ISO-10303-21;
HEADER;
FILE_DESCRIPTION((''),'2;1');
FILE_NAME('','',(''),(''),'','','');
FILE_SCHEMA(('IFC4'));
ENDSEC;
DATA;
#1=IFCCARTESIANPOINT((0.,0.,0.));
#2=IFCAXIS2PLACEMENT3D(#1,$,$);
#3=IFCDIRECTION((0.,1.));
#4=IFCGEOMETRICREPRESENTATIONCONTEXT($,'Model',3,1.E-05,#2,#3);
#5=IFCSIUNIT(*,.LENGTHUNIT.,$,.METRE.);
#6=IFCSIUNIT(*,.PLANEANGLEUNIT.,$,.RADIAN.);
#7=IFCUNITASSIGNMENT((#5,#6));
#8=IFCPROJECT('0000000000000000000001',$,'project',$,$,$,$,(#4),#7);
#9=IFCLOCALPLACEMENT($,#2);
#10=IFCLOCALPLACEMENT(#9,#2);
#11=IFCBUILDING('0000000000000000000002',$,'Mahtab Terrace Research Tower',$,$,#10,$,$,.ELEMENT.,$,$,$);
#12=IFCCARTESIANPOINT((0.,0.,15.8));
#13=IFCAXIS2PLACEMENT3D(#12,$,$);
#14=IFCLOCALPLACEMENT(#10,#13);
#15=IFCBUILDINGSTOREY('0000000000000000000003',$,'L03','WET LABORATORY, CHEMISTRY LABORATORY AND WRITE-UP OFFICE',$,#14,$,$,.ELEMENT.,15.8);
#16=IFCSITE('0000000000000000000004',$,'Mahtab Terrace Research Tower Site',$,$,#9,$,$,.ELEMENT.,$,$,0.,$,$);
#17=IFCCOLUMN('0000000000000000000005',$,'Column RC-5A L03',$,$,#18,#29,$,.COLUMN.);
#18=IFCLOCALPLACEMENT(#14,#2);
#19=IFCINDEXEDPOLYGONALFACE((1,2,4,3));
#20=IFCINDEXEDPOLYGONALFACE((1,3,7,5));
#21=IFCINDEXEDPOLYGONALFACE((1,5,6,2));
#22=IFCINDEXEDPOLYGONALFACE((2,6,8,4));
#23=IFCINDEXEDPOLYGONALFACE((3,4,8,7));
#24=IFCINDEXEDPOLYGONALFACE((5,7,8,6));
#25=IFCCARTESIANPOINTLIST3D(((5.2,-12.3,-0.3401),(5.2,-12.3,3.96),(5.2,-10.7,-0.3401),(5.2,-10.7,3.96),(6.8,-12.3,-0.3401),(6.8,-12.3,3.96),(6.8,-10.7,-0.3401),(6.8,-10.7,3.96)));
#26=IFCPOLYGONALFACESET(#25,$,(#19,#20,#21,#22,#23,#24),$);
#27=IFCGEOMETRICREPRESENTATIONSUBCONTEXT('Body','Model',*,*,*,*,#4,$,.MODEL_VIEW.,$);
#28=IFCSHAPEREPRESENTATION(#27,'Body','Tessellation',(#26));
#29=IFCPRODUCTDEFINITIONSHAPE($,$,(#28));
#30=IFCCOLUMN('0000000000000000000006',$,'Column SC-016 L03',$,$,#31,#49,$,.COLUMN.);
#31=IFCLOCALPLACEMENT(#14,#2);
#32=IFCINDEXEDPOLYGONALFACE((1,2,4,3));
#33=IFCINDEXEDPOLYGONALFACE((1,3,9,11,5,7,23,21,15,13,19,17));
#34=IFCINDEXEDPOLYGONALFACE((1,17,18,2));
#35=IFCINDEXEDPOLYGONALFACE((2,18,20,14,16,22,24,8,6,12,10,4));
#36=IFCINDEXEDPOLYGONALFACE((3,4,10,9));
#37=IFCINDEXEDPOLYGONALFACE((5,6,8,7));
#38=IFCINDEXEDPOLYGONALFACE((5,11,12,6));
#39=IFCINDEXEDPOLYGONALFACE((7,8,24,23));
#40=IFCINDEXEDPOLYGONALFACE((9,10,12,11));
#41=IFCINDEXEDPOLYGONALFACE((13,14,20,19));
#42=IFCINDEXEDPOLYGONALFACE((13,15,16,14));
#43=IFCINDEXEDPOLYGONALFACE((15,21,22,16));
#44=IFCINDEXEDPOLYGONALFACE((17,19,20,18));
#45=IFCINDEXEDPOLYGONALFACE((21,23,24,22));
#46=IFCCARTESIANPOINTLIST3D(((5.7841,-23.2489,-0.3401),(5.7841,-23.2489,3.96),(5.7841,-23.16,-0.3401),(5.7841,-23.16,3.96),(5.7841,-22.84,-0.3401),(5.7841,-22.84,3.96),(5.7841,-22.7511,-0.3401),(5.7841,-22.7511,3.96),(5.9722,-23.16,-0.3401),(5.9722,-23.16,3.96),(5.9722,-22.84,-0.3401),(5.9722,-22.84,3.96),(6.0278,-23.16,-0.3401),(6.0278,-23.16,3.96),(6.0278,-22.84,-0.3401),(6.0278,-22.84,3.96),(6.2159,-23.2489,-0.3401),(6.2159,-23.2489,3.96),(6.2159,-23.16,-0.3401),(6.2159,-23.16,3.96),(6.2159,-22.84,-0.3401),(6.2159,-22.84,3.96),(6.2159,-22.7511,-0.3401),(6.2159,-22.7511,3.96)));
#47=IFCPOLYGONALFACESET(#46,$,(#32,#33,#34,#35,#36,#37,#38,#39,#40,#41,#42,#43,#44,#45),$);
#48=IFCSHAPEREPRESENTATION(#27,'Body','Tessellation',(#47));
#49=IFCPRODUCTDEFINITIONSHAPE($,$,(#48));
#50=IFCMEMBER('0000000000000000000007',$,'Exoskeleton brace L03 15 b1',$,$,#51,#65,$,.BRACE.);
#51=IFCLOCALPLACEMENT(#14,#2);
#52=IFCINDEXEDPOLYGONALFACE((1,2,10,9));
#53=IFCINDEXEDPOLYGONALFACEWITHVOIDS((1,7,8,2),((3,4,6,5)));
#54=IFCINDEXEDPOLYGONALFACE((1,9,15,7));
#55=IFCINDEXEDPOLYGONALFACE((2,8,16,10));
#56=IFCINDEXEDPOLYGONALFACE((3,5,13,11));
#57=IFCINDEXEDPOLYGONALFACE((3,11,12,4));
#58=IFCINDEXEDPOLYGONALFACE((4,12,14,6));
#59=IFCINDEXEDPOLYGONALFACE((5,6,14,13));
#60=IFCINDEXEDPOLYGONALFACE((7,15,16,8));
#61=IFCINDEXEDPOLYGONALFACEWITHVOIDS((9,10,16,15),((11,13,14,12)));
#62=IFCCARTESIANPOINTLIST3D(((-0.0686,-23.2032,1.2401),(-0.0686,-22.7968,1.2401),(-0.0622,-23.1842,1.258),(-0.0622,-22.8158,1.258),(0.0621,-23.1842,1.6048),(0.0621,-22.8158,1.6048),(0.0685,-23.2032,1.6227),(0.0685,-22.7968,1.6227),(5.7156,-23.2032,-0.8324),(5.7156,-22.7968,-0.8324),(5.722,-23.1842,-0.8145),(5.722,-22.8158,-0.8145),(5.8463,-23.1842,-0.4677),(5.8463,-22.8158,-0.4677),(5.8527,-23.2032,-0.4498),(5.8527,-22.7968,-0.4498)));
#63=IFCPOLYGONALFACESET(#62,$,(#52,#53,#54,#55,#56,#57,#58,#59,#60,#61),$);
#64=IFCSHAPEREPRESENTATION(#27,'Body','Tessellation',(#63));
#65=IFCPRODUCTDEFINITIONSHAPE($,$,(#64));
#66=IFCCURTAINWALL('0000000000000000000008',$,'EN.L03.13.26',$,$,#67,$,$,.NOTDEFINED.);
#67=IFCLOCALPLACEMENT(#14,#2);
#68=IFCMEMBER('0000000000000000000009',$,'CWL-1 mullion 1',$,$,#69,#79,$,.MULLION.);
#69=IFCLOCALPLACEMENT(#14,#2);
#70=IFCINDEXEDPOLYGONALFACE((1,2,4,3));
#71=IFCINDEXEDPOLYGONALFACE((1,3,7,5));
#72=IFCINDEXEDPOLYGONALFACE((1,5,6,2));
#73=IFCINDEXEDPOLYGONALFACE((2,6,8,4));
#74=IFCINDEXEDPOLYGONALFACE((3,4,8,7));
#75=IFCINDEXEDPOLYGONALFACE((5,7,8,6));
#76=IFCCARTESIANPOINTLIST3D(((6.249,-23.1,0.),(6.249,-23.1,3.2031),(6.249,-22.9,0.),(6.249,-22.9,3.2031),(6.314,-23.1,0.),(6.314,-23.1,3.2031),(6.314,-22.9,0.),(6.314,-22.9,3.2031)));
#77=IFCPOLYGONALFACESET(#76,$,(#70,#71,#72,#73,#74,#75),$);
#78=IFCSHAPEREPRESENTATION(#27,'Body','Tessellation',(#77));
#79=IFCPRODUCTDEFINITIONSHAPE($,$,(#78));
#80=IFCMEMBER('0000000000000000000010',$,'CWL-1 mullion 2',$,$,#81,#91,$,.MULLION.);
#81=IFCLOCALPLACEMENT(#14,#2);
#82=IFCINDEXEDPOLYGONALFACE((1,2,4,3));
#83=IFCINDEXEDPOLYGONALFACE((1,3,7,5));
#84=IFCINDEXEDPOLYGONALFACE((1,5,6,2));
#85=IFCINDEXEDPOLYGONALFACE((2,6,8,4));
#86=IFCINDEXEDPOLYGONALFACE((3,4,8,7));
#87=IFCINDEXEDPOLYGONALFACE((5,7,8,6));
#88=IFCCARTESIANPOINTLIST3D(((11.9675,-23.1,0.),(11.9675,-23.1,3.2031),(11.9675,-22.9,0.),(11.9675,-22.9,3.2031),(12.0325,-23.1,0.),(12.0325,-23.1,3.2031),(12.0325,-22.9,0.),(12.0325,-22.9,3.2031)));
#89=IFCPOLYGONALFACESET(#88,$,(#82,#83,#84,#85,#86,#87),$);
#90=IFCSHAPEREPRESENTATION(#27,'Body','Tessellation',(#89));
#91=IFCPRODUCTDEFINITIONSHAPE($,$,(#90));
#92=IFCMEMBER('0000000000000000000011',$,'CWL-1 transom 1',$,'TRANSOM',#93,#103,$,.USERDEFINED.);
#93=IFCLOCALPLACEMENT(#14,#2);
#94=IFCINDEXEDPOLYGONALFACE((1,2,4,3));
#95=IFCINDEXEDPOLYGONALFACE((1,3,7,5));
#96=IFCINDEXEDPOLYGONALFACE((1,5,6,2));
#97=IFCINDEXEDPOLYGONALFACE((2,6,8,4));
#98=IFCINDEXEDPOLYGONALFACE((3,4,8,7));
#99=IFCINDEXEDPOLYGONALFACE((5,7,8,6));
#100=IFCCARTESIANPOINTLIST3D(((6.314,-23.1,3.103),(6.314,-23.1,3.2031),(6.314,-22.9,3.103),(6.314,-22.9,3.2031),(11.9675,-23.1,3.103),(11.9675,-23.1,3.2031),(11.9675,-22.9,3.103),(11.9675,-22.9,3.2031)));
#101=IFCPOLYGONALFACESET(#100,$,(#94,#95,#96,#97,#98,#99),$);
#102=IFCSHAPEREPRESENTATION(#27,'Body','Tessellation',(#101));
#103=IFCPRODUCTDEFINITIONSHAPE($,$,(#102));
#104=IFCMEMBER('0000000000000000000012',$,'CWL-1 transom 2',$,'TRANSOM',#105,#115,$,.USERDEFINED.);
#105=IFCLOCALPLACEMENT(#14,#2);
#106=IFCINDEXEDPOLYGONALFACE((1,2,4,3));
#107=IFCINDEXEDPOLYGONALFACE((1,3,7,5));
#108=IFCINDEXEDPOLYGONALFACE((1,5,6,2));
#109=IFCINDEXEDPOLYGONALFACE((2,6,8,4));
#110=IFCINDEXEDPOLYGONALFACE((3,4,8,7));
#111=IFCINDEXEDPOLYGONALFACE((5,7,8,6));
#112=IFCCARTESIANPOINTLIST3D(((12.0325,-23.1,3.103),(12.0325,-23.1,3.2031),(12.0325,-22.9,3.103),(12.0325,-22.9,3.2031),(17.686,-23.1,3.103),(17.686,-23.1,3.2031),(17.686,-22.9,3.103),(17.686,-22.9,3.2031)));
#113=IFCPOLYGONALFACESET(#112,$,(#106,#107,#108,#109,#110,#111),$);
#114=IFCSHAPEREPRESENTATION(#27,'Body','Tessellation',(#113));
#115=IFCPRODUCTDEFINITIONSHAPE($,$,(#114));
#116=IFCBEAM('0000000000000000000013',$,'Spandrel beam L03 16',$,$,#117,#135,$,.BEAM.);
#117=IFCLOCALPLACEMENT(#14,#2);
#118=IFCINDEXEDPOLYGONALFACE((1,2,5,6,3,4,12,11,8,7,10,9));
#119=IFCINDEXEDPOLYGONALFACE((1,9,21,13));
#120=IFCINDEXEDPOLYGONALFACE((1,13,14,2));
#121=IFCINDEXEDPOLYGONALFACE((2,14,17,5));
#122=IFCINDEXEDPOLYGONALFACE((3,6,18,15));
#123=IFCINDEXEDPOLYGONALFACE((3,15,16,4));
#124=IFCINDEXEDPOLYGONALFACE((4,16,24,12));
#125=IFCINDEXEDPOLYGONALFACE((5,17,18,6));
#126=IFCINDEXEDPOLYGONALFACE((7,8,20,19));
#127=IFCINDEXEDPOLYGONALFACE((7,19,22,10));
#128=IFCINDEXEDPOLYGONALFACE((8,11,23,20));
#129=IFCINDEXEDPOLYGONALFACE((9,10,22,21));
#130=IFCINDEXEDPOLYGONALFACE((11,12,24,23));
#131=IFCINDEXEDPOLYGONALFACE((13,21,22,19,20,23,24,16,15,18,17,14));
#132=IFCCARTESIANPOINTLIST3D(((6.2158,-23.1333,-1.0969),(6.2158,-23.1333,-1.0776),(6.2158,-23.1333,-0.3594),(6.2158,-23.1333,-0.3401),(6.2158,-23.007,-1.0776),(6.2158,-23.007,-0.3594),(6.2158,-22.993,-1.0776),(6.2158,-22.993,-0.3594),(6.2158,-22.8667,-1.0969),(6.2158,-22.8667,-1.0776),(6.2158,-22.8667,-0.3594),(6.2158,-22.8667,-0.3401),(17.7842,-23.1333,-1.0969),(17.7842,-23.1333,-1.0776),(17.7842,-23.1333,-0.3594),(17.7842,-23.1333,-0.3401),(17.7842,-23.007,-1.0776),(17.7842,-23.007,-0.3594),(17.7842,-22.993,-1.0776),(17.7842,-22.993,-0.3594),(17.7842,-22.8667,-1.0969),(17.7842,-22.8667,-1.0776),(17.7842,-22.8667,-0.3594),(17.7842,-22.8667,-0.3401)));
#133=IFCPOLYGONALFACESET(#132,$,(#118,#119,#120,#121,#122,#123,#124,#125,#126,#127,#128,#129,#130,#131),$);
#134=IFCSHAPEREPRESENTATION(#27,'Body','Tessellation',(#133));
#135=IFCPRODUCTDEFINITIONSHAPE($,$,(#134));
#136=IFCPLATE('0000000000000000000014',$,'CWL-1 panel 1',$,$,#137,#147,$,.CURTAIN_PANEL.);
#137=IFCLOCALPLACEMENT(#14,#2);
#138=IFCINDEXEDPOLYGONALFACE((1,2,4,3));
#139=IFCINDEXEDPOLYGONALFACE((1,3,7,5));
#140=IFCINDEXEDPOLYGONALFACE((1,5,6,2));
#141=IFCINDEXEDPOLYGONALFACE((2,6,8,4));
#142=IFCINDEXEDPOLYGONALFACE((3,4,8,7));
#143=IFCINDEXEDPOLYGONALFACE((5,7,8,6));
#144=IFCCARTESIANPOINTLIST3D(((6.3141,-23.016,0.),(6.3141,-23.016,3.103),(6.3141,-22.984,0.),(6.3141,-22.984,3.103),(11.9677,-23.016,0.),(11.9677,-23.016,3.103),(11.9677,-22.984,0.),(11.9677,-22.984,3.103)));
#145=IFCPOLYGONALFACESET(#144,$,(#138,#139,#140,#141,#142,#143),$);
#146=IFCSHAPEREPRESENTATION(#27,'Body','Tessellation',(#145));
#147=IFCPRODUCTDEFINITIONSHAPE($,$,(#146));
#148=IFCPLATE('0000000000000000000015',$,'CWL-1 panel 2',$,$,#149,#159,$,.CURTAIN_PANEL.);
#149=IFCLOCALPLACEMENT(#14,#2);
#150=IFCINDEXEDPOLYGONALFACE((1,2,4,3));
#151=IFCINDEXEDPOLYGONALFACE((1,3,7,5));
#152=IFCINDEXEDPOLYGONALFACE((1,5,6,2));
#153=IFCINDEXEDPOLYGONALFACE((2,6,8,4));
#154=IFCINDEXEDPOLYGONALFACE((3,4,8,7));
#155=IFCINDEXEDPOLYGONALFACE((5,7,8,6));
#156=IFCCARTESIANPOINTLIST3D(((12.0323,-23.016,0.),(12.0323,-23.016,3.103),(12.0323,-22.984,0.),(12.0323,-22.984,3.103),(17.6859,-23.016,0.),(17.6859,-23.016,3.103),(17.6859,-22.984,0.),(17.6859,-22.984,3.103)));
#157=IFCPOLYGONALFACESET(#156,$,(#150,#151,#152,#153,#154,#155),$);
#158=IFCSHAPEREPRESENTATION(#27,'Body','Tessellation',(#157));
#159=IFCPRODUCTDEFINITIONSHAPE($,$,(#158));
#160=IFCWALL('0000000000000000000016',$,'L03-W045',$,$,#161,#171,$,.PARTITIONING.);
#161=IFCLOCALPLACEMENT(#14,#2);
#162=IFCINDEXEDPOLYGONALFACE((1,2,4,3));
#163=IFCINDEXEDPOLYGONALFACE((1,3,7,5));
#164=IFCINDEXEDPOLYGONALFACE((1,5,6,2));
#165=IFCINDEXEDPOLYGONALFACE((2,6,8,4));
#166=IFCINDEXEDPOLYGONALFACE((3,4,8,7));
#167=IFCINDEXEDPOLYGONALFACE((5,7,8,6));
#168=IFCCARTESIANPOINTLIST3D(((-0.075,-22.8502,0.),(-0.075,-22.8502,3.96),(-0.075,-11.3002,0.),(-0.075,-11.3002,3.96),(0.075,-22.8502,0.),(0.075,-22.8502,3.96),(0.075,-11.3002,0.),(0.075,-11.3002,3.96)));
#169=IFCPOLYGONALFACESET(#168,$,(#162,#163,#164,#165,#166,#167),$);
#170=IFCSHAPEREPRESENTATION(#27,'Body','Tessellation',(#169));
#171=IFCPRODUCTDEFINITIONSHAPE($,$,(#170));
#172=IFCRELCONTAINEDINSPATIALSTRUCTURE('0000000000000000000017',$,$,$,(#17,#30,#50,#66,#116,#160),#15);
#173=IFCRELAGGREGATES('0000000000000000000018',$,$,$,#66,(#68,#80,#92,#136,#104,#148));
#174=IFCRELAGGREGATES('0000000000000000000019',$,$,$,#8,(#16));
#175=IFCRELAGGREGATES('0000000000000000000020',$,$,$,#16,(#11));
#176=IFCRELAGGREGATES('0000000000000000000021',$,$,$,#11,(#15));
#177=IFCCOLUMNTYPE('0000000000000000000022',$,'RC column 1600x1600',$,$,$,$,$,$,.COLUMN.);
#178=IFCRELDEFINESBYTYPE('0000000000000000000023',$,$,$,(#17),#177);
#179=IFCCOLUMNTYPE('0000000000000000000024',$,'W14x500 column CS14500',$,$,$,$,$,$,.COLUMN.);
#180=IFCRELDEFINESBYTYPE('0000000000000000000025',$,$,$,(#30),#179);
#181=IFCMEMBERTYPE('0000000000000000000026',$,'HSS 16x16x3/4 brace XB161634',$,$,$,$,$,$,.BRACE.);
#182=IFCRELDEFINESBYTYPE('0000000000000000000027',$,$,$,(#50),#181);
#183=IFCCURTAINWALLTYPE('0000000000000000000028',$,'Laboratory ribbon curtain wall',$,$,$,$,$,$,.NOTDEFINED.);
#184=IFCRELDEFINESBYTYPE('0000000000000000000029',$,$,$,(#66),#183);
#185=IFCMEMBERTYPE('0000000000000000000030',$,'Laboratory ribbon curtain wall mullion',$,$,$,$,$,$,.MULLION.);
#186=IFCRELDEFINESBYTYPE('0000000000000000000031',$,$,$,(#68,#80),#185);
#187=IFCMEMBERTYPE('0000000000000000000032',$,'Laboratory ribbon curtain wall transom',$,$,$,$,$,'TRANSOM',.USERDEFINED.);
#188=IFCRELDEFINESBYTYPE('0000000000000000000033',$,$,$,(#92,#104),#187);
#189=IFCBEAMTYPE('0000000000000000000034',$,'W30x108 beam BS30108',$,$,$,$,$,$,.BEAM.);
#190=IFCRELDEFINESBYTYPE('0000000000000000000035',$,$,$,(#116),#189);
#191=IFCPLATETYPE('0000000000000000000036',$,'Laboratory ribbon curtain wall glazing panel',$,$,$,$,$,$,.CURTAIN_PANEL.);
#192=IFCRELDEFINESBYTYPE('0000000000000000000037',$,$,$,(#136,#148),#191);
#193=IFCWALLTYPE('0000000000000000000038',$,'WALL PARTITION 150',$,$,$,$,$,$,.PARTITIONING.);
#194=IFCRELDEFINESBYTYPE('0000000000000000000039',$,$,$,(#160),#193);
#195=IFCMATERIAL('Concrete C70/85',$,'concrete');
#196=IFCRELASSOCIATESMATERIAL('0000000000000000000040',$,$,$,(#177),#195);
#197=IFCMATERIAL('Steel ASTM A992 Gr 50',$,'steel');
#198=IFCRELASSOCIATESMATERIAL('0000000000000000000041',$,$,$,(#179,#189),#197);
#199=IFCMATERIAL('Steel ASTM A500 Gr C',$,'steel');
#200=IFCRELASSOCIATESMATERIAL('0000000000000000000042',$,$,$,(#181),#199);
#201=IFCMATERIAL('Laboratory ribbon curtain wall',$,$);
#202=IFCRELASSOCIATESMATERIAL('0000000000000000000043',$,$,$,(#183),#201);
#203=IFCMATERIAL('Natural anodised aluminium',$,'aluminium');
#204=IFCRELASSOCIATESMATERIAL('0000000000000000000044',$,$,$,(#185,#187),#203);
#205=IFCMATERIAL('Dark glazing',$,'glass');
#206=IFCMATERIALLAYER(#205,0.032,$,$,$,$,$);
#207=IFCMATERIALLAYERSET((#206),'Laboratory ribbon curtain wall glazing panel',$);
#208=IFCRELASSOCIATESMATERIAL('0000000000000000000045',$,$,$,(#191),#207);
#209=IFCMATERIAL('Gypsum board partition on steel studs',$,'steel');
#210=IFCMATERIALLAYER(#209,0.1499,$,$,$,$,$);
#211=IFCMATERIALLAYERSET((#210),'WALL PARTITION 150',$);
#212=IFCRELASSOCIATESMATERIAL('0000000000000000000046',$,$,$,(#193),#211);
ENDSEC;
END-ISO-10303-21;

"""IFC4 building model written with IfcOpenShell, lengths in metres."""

from ifc_helpers import new_model, si_unit, direction, frame, frame_2d, origin, origin_2d, place, context, subcontext, project, spatial, rectangle, hollow_rectangle, i_section, extrude, material, layer, layer_set, material_profile, profile_set, type_object, element, aggregate, save


model = new_model("IFC4")

# Units and contexts
model_context = context("Model", 3, precision=1e-05, world=origin(), true_north=direction((0.0, 1.0)))
body_context = subcontext(model_context, "Body", "Model", "MODEL_VIEW")
ifc_project = project(units=[si_unit("LENGTHUNIT", "METRE"), si_unit("PLANEANGLEUNIT", "RADIAN")], contexts=[model_context])

# Site, building, storey
site_placement = place(None, origin())
site = spatial("IfcSite", under=ifc_project, at=site_placement, Name="Mahtab Terrace Research Tower Site", CompositionType="ELEMENT", RefElevation=0.0)
building_placement = place(site_placement, origin())
building = spatial("IfcBuilding", under=site, at=building_placement, Name="Mahtab Terrace Research Tower", CompositionType="ELEMENT")
storey_placement = place(building_placement, frame((0.0, 0.0, 15.8)))
storey = spatial("IfcBuildingStorey", under=building, at=storey_placement, Name="L03", Description="WET LABORATORY, CHEMISTRY LABORATORY AND WRITE-UP OFFICE", CompositionType="ELEMENT", Elevation=15.8)

# Columns
ifc_material_1 = material(Name="Concrete C70/85", Category="concrete")
ifc_material_profile_1 = material_profile(ifc_material_1, rectangle(XDim=1.6001, YDim=1.6001, at=origin_2d()), Name="RC column 1600x1600")
ifc_profile_set_1 = profile_set([ifc_material_profile_1], Name="Concrete C70/85")
column_type_1 = type_object("IfcColumnType", Name="RC column 1600x1600", PredefinedType="COLUMN", material=ifc_profile_set_1)
column_1_placement = place(storey_placement, frame((6.0, -11.5, -0.3401), z_axis=(0.0, 0.0, 1.0), x_axis=(1.0, 0.0, 0.0)))
element("IfcColumn", 1, at=column_1_placement, inside=storey, type_object=column_type_1, Name="Column RC-5A L03", PredefinedType="COLUMN", context=body_context, shape_type="SweptSolid", body=[
    extrude(rectangle(XDim=1.6001, YDim=1.6001, at=origin_2d()), origin(), (0.0, 0.0, 1.0), 4.3),
])
ifc_material_2 = material(Name="Steel ASTM A992 Gr 50", Category="steel")
ifc_material_profile_2 = material_profile(ifc_material_2, i_section(OverallWidth=0.4319, OverallDepth=0.4978, WebThickness=0.0557, FlangeThickness=0.0889, at=origin_2d()), Name="W14X500")
ifc_profile_set_2 = profile_set([ifc_material_profile_2], Name="Steel ASTM A992 Gr 50")
column_type_2 = type_object("IfcColumnType", Name="W14x500 column CS14500", PredefinedType="COLUMN", material=ifc_profile_set_2)
column_2_placement = place(storey_placement, frame((6.0, -23.0, -0.3401), z_axis=(0.0, 0.0, 1.0), x_axis=(1.0, 0.0, 0.0)))
element("IfcColumn", 2, at=column_2_placement, inside=storey, type_object=column_type_2, Name="Column SC-016 L03", PredefinedType="COLUMN", context=body_context, shape_type="SweptSolid", body=[
    extrude(i_section(OverallWidth=0.4319, OverallDepth=0.4978, WebThickness=0.0557, FlangeThickness=0.0889, at=origin_2d()), origin(), (0.0, 0.0, 1.0), 4.3),
])

# Member
ifc_material_3 = material(Name="Steel ASTM A500 Gr C", Category="steel")
ifc_material_profile_3 = material_profile(ifc_material_3, hollow_rectangle(XDim=0.4065, YDim=0.4065, WallThickness=0.019, at=origin_2d()), Name="HSS16X16X3/4")
ifc_profile_set_3 = profile_set([ifc_material_profile_3], Name="Steel ASTM A500 Gr C")
member_type_1 = type_object("IfcMemberType", Name="HSS 16x16x3/4 brace XB161634", PredefinedType="BRACE", material=ifc_profile_set_3)
member_1_placement = place(storey_placement, frame((5.7842, -23.0, -0.6411), z_axis=(-0.941394, 0.0, 0.337308), x_axis=(0.0, -1.0, 0.0)))
element("IfcMember", 3, at=member_1_placement, inside=storey, type_object=member_type_1, Name="Exoskeleton brace L03 15 b1", PredefinedType="BRACE", context=body_context, shape_type="SweptSolid", body=[
    extrude(hollow_rectangle(XDim=0.4065, YDim=0.4065, WallThickness=0.019, at=origin_2d()), origin(), (0.0, 0.0, 1.0), 6.1443),
])

# Curtain wall, members
ifc_material_4 = material(Name="Laboratory ribbon curtain wall")
curtain_wall_type = type_object("IfcCurtainWallType", Name="Laboratory ribbon curtain wall", PredefinedType="NOTDEFINED", material=ifc_material_4)
curtain_wall_placement = place(storey_placement, origin())
curtain_wall = element("IfcCurtainWall", 4, at=curtain_wall_placement, inside=storey, type_object=curtain_wall_type, Name="EN.L03.13.26", PredefinedType="NOTDEFINED")
ifc_material_5 = material(Name="Natural anodised aluminium", Category="aluminium")
ifc_material_profile_4 = material_profile(ifc_material_5, rectangle(XDim=0.2, YDim=0.0649, at=origin_2d()), Name="MULLION 65x200")
ifc_profile_set_4 = profile_set([ifc_material_profile_4], Name="Natural anodised aluminium")
member_type_2 = type_object("IfcMemberType", Name="Laboratory ribbon curtain wall mullion", PredefinedType="MULLION", material=ifc_profile_set_4)
member_2_placement = place(storey_placement, frame((6.2815, -23.0, 0.0), z_axis=(0.0, 0.0, 1.0), x_axis=(0.0, 1.0, 0.0)))
member_2 = element("IfcMember", 5, at=member_2_placement, type_object=member_type_2, Name="CWL-1 mullion 1", PredefinedType="MULLION", context=body_context, shape_type="SweptSolid", body=[
    extrude(rectangle(XDim=0.2, YDim=0.0649, at=origin_2d()), origin(), (0.0, 0.0, 1.0), 3.2031),
])
member_3_placement = place(storey_placement, frame((12.0, -23.0, 0.0), z_axis=(0.0, 0.0, 1.0), x_axis=(0.0, 1.0, 0.0)))
member_3 = element("IfcMember", 6, at=member_3_placement, type_object=member_type_2, Name="CWL-1 mullion 2", PredefinedType="MULLION", context=body_context, shape_type="SweptSolid", body=[
    extrude(rectangle(XDim=0.2, YDim=0.0649, at=origin_2d()), origin(), (0.0, 0.0, 1.0), 3.2031),
])
ifc_material_profile_5 = material_profile(ifc_material_5, rectangle(XDim=0.2, YDim=0.1001, at=origin_2d()), Name="TRANSOM 100x200")
ifc_profile_set_5 = profile_set([ifc_material_profile_5], Name="Natural anodised aluminium")
member_type_3 = type_object("IfcMemberType", Name="Laboratory ribbon curtain wall transom", ElementType="TRANSOM", PredefinedType="USERDEFINED", material=ifc_profile_set_5)
member_4_placement = place(storey_placement, frame((6.314, -23.0, 3.1531), z_axis=(1.0, 0.0, 0.0), x_axis=(0.0, 1.0, 0.0)))
member_4 = element("IfcMember", 7, at=member_4_placement, type_object=member_type_3, Name="CWL-1 transom 1", ObjectType="TRANSOM", PredefinedType="USERDEFINED", context=body_context, shape_type="SweptSolid", body=[
    extrude(rectangle(XDim=0.2, YDim=0.1001, at=origin_2d()), origin(), (0.0, 0.0, 1.0), 5.6536),
])
member_5_placement = place(storey_placement, frame((12.0325, -23.0, 3.1531), z_axis=(1.0, 0.0, 0.0), x_axis=(0.0, 1.0, 0.0)))
member_5 = element("IfcMember", 8, at=member_5_placement, type_object=member_type_3, Name="CWL-1 transom 2", ObjectType="TRANSOM", PredefinedType="USERDEFINED", context=body_context, shape_type="SweptSolid", body=[
    extrude(rectangle(XDim=0.2, YDim=0.1001, at=origin_2d()), origin(), (0.0, 0.0, 1.0), 5.6536),
])

# Beam
ifc_material_profile_6 = material_profile(ifc_material_2, i_section(OverallWidth=0.2666, OverallDepth=0.7568, WebThickness=0.0139, FlangeThickness=0.0193, at=origin_2d()), Name="W30X108")
ifc_profile_set_6 = profile_set([ifc_material_profile_6], Name="Steel ASTM A992 Gr 50")
beam_type = type_object("IfcBeamType", Name="W30x108 beam BS30108", PredefinedType="BEAM", material=ifc_profile_set_6)
beam_placement = place(storey_placement, frame((6.2158, -23.0, -0.7185), z_axis=(1.0, 0.0, 0.0), x_axis=(0.0, 1.0, 0.0)))
element("IfcBeam", 9, at=beam_placement, inside=storey, type_object=beam_type, Name="Spandrel beam L03 16", PredefinedType="BEAM", context=body_context, shape_type="SweptSolid", body=[
    extrude(i_section(OverallWidth=0.2666, OverallDepth=0.7568, WebThickness=0.0139, FlangeThickness=0.0193, at=origin_2d()), origin(), (0.0, 0.0, 1.0), 11.5684),
])

# Plates
ifc_material_6 = material(Name="Dark glazing", Category="glass")
ifc_layer_1 = layer(ifc_material_6, 0.032)
ifc_layer_set_1 = layer_set([ifc_layer_1], Name="Laboratory ribbon curtain wall glazing panel")
plate_type = type_object("IfcPlateType", Name="Laboratory ribbon curtain wall glazing panel", PredefinedType="CURTAIN_PANEL", material=ifc_layer_set_1)
plate_1_placement = place(storey_placement, frame((9.1409, -23.0, 0.0), z_axis=(0.0, 0.0, 1.0), x_axis=(1.0, 0.0, 0.0)))
plate_1 = element("IfcPlate", 10, at=plate_1_placement, type_object=plate_type, Name="CWL-1 panel 1", PredefinedType="CURTAIN_PANEL", context=body_context, shape_type="SweptSolid", body=[
    extrude(rectangle(XDim=5.6536, YDim=0.032, at=origin_2d()), origin(), (0.0, 0.0, 1.0), 3.103),
])
plate_2_placement = place(storey_placement, frame((14.8591, -23.0, 0.0), z_axis=(0.0, 0.0, 1.0), x_axis=(1.0, 0.0, 0.0)))
plate_2 = element("IfcPlate", 11, at=plate_2_placement, type_object=plate_type, Name="CWL-1 panel 2", PredefinedType="CURTAIN_PANEL", context=body_context, shape_type="SweptSolid", body=[
    extrude(rectangle(XDim=5.6536, YDim=0.032, at=origin_2d()), origin(), (0.0, 0.0, 1.0), 3.103),
])
aggregate(curtain_wall, [member_2, member_3, member_4, plate_1, member_5, plate_2])

# Wall
ifc_material_7 = material(Name="Gypsum board partition on steel studs", Category="steel")
ifc_layer_2 = layer(ifc_material_7, 0.1499)
ifc_layer_set_2 = layer_set([ifc_layer_2], Name="WALL PARTITION 150")
wall_type = type_object("IfcWallType", Name="WALL PARTITION 150", PredefinedType="PARTITIONING", material=ifc_layer_set_2)
wall_1_placement = place(storey_placement, frame((0.0, -22.8501, 0.0), z_axis=(0.0, 0.0, 1.0), x_axis=(0.0, 1.0, 0.0)))
element("IfcWall", 12, at=wall_1_placement, inside=storey, type_object=wall_type, Name="L03-W045", PredefinedType="PARTITIONING", context=body_context, shape_type="SweptSolid", body=[
    extrude(rectangle(XDim=11.55, YDim=0.1499, at=frame_2d((5.7749, 0.0))), origin(), (0.0, 0.0, 1.0), 3.96),
])

save(model, "model.ifc")
